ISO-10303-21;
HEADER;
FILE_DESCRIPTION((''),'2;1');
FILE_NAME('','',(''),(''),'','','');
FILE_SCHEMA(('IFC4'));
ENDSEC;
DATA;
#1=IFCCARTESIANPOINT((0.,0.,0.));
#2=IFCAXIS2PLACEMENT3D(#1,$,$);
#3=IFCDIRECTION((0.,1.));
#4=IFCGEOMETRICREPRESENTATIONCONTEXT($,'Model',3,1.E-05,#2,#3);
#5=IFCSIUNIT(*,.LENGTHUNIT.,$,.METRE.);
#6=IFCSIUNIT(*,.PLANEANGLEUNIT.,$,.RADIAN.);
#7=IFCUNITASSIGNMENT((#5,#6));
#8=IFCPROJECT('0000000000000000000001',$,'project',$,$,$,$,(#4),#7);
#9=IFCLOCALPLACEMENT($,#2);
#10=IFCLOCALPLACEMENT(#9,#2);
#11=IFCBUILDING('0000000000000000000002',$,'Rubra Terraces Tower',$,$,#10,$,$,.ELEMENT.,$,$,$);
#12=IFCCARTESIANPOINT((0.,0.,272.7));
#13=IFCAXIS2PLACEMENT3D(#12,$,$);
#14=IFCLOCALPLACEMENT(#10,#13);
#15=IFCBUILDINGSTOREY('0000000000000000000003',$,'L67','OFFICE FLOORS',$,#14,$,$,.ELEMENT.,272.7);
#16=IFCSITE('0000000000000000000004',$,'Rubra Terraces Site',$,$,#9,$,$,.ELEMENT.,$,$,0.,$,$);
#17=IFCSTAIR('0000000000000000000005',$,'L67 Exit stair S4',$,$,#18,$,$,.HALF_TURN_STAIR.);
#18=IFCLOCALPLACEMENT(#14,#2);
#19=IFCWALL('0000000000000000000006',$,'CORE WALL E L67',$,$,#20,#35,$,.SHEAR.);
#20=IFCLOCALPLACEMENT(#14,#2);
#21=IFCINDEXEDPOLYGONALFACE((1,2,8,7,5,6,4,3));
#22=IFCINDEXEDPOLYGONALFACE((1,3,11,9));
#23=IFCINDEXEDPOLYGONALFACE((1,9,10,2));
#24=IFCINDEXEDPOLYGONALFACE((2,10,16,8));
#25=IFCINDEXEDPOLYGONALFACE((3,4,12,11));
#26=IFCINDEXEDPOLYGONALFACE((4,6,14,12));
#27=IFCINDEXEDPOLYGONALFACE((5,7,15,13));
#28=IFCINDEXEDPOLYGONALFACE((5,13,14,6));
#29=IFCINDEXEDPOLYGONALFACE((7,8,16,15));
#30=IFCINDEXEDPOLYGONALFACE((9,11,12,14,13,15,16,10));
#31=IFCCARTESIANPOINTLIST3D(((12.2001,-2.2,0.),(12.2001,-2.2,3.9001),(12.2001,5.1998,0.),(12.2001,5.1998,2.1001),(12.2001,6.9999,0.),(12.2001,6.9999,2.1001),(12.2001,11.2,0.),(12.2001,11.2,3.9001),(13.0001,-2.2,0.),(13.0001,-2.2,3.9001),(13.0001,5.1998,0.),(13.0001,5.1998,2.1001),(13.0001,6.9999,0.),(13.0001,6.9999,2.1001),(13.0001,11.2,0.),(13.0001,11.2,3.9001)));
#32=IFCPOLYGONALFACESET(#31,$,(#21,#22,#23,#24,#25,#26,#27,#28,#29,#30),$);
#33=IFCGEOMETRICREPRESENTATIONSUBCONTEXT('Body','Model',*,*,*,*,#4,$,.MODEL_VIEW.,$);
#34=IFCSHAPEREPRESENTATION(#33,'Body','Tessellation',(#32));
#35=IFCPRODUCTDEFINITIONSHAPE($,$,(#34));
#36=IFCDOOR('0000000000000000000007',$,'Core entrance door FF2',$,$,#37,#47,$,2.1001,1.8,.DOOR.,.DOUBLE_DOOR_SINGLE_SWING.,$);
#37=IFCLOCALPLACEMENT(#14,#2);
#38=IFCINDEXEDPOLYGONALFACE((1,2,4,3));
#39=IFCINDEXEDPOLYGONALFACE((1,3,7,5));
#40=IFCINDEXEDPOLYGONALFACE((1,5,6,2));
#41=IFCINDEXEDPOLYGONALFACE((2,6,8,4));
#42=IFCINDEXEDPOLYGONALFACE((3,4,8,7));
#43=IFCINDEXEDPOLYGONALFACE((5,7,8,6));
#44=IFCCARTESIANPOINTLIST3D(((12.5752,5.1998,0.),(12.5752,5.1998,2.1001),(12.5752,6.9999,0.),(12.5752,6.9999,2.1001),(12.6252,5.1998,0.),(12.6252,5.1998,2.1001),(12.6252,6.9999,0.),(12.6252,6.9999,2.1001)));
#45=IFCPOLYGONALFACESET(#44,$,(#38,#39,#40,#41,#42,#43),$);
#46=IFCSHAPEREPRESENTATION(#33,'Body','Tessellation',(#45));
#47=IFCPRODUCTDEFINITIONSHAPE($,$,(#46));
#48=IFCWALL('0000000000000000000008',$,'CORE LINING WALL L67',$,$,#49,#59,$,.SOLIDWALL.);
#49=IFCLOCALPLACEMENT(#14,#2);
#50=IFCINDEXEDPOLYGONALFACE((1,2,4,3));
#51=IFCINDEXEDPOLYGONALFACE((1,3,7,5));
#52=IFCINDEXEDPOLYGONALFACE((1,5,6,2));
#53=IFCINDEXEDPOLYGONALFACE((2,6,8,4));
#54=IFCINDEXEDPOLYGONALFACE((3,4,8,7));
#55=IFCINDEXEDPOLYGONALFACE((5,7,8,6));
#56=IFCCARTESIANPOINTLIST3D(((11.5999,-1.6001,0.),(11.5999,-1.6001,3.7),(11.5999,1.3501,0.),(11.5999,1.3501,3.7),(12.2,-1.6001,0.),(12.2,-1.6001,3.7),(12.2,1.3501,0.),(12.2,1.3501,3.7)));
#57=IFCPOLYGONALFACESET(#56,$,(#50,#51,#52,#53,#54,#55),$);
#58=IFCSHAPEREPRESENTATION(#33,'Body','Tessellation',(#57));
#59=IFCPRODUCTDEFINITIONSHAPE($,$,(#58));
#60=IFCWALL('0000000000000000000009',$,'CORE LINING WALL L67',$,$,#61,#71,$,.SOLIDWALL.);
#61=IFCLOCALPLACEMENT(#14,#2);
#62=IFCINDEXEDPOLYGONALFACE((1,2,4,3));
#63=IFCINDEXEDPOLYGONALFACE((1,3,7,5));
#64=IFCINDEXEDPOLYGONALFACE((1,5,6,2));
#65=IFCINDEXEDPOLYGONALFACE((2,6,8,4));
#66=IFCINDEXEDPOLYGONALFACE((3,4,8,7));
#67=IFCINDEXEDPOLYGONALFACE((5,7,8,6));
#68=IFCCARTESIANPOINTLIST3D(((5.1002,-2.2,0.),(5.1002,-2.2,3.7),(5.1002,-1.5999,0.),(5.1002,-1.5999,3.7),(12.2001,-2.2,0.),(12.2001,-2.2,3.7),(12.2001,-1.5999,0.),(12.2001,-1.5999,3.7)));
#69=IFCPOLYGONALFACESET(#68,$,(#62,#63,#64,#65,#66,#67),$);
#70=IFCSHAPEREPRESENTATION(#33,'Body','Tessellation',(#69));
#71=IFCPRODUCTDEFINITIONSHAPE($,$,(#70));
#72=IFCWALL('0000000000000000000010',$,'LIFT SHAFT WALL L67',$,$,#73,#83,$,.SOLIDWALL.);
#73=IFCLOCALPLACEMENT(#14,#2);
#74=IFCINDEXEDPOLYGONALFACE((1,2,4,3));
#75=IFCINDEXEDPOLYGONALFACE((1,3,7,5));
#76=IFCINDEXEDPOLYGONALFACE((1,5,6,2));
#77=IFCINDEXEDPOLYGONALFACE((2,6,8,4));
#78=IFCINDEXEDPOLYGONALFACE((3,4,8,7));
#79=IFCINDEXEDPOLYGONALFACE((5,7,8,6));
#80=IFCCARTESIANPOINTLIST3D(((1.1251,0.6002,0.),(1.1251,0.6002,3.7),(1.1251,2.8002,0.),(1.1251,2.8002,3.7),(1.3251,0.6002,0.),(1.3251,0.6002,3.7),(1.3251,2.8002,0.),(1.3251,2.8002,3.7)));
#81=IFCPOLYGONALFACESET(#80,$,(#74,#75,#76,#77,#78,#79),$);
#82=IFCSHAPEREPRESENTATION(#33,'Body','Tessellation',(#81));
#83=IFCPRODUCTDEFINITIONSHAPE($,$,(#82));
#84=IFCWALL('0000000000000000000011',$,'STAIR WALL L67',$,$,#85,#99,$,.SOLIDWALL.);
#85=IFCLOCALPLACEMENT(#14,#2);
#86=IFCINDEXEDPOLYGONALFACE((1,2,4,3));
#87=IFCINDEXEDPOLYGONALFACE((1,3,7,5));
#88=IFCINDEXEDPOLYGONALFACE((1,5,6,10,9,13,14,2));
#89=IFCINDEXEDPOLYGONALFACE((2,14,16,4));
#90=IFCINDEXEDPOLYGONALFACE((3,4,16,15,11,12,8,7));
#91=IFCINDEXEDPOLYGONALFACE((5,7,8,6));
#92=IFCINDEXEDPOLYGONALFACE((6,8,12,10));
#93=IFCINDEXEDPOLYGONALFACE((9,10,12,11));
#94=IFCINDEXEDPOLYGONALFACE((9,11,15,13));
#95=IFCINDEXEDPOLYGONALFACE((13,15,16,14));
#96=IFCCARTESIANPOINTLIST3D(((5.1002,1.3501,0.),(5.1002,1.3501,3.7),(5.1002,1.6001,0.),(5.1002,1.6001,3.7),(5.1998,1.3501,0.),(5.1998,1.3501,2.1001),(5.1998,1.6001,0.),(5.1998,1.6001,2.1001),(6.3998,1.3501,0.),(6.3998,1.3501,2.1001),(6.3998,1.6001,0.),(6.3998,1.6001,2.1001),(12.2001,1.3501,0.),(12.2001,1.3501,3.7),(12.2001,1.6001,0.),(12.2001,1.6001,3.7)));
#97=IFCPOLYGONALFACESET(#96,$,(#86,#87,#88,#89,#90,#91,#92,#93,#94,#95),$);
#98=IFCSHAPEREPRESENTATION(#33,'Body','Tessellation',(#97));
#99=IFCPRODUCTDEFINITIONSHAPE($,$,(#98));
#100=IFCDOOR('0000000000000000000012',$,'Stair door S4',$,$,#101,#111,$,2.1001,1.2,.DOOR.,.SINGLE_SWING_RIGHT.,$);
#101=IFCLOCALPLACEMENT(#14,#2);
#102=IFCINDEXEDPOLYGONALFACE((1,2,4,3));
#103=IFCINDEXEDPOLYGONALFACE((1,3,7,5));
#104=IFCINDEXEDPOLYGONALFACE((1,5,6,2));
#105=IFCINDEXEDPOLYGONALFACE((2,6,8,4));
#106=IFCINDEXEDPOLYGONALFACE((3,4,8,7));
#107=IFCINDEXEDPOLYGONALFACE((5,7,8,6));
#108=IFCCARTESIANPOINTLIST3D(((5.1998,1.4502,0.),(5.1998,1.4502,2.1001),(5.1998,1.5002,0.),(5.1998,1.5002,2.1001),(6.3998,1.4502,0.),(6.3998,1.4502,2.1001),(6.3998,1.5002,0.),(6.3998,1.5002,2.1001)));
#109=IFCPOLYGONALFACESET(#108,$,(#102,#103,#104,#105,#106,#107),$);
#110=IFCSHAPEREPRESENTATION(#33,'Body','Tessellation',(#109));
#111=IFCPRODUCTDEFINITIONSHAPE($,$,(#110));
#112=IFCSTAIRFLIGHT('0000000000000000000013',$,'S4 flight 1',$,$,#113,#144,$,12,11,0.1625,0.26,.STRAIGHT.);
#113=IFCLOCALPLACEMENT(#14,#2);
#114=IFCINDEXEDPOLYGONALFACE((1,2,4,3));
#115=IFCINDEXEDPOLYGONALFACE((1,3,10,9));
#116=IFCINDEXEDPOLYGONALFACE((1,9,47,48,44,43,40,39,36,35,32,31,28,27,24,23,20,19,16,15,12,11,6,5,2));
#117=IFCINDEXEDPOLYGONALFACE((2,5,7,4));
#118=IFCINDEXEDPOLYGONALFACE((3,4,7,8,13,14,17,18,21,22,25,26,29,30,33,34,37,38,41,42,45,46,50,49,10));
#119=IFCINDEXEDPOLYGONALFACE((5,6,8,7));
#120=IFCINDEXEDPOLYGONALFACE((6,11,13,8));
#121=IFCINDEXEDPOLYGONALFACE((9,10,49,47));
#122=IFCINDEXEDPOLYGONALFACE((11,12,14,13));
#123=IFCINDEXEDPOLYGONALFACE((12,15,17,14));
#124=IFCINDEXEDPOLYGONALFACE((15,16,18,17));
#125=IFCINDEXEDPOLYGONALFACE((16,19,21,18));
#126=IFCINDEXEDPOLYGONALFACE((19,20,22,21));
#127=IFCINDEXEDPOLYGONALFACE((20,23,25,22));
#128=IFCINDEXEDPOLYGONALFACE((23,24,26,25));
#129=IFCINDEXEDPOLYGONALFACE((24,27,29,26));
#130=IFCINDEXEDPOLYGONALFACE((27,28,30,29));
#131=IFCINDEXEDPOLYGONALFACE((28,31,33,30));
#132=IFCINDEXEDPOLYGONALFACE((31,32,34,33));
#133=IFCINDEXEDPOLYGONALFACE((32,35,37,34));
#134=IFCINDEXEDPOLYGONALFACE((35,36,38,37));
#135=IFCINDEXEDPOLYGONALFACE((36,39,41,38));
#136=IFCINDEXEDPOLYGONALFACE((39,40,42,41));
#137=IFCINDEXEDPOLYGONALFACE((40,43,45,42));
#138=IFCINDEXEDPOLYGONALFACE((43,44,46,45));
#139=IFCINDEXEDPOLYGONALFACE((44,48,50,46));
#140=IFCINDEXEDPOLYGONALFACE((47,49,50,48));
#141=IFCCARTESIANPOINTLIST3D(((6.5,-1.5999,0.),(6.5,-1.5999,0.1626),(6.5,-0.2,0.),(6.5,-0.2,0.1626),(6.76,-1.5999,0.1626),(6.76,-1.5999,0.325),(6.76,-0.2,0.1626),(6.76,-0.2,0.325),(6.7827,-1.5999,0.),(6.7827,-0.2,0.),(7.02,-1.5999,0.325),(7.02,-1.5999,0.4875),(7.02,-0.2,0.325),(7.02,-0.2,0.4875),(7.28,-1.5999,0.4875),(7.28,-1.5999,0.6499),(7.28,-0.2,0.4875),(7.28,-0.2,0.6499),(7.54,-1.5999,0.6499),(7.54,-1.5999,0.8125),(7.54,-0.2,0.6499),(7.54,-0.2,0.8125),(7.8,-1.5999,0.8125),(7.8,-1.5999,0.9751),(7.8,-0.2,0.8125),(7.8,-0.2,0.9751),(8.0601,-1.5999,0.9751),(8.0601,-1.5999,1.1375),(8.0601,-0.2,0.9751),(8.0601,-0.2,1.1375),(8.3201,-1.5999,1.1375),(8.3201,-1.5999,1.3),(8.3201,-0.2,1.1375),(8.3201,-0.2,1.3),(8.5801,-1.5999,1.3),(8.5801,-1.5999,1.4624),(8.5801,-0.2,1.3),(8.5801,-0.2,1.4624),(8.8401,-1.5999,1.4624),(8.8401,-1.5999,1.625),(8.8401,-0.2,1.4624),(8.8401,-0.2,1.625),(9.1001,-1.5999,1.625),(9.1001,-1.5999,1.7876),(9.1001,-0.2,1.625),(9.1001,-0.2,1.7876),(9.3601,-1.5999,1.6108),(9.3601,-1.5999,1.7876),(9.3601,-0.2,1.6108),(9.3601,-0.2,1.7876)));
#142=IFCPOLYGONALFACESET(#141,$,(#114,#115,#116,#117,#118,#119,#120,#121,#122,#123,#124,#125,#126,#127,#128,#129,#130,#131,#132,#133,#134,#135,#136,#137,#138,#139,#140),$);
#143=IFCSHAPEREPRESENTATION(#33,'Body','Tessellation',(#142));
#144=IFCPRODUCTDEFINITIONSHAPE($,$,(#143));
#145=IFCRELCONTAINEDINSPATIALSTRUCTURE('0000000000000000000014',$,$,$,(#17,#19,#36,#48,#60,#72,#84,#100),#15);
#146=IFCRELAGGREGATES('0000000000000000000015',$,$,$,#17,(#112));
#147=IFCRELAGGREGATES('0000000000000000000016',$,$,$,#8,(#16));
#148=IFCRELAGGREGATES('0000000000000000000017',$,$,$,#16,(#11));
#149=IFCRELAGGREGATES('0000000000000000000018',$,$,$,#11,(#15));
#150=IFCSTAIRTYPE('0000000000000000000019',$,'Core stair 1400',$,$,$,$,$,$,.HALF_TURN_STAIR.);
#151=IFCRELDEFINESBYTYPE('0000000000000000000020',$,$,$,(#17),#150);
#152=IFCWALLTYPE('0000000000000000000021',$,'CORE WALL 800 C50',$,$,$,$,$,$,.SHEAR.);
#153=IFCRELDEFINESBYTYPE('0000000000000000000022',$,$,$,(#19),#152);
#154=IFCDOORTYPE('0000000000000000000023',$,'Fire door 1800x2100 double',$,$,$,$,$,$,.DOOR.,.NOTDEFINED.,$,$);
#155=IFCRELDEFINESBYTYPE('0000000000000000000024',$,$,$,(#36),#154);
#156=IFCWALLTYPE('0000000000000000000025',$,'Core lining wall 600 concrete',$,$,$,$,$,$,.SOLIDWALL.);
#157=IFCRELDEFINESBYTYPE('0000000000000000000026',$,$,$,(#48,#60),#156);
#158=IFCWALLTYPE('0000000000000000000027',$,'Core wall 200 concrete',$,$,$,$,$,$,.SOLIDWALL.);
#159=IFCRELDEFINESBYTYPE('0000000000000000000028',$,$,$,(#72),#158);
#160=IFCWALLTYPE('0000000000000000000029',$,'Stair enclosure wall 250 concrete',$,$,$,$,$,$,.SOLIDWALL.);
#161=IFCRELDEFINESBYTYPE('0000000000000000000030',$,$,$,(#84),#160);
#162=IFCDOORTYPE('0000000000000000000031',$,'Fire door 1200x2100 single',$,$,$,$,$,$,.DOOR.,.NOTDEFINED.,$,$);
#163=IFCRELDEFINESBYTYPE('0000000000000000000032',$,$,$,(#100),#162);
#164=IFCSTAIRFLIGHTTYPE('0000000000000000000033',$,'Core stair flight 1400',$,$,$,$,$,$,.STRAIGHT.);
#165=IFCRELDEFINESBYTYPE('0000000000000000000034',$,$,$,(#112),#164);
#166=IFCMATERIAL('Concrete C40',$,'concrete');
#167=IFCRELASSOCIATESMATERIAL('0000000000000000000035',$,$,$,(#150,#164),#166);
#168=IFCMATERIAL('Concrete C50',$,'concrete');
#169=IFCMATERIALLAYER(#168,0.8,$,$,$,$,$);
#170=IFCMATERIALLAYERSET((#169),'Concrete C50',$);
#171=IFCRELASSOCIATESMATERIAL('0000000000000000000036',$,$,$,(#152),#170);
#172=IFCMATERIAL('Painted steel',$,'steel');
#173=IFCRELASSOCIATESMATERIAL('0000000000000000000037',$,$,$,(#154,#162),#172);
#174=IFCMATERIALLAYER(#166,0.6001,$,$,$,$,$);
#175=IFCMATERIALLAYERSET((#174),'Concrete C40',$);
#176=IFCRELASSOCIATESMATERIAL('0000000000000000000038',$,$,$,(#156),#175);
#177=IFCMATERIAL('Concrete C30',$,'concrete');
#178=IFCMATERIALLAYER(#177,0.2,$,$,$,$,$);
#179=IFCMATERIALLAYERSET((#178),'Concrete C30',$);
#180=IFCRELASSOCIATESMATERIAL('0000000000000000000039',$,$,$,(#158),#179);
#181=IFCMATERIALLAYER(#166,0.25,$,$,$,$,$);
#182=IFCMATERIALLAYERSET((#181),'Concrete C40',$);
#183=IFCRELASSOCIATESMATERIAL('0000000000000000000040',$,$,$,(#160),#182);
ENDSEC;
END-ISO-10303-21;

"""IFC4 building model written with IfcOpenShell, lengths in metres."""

from ifc_helpers import new_model, si_unit, direction, frame, frame_2d, origin, place, context, subcontext, project, spatial, polyline, rectangle, outline, extrude, material, layer, layer_set, type_object, element, fill, aggregate, save


model = new_model("IFC4")

# Units and contexts
model_context = context("Model", 3, precision=1e-05, world=origin(), true_north=direction((0.0, 1.0)))
body_context = subcontext(model_context, "Body", "Model", "MODEL_VIEW")
ifc_project = project(units=[si_unit("LENGTHUNIT", "METRE"), si_unit("PLANEANGLEUNIT", "RADIAN")], contexts=[model_context])

# Site, building, storey
site_placement = place(None, origin())
site = spatial("IfcSite", under=ifc_project, at=site_placement, Name="Rubra Terraces Site", CompositionType="ELEMENT", RefElevation=0.0)
building_placement = place(site_placement, origin())
building = spatial("IfcBuilding", under=site, at=building_placement, Name="Rubra Terraces Tower", CompositionType="ELEMENT")
storey_placement = place(building_placement, frame((0.0, 0.0, 272.7)))
storey = spatial("IfcBuildingStorey", under=building, at=storey_placement, Name="L67", Description="OFFICE FLOORS", CompositionType="ELEMENT", Elevation=272.7)

# Shared definitions
ifc_material_1 = material(Name="Concrete C40", Category="concrete")

# Stair
stair_type = type_object("IfcStairType", Name="Core stair 1400", PredefinedType="HALF_TURN_STAIR", material=ifc_material_1)
stair_1_placement = place(storey_placement, origin())
stair_1 = element("IfcStair", 1, at=stair_1_placement, inside=storey, type_object=stair_type, Name="L67 Exit stair S4", PredefinedType="HALF_TURN_STAIR")

# Wall, opening, door
ifc_material_2 = material(Name="Concrete C50", Category="concrete")
ifc_layer_1 = layer(ifc_material_2, 0.8)
ifc_layer_set_1 = layer_set([ifc_layer_1], Name="Concrete C50")
wall_type_1 = type_object("IfcWallType", Name="CORE WALL 800 C50", PredefinedType="SHEAR", material=ifc_layer_set_1)
wall_1_placement = place(storey_placement, frame((12.6001, -2.2, 0.0), z_axis=(0.0, 0.0, 1.0), x_axis=(0.0, 1.0, 0.0)))
wall_1 = element("IfcWall", 2, at=wall_1_placement, inside=storey, type_object=wall_type_1, Name="CORE WALL E L67", PredefinedType="SHEAR", context=body_context, shape_type="SweptSolid", body=[
    extrude(rectangle(XDim=13.3999, YDim=0.8, at=frame_2d((6.7, 0.0))), origin(), (0.0, 0.0, 1.0), 3.9001),
])
opening_1_placement = place(wall_1_placement, frame((7.3999, 0.0, 0.0)))
opening_1 = element("IfcOpeningElement", 3, at=opening_1_placement, cuts=wall_1, PredefinedType="OPENING", context=body_context, shape_type="SweptSolid", body=[
    extrude(rectangle(XDim=1.8, YDim=2.1001, at=frame_2d((0.8999, 1.05))), frame((0.0, 0.4099, 0.0), z_axis=(0.0, -1.0, 0.0), x_axis=(1.0, 0.0, 0.0)), (0.0, 0.0, 1.0), 0.8201),
])
ifc_material_3 = material(Name="Painted steel", Category="steel")
door_type_1 = type_object("IfcDoorType", Name="Fire door 1800x2100 double", OperationType="NOTDEFINED", PredefinedType="DOOR", material=ifc_material_3)
door_1_placement = place(opening_1_placement, origin())
door_1 = element("IfcDoor", 4, at=door_1_placement, inside=storey, type_object=door_type_1, Name="Core entrance door FF2", OperationType="DOUBLE_DOOR_SINGLE_SWING", OverallHeight=2.1001, OverallWidth=1.8, PredefinedType="DOOR", context=body_context, shape_type="SweptSolid", body=[
    extrude(rectangle(XDim=1.8, YDim=2.1001, at=frame_2d((0.8999, 1.05))), frame((0.0, 0.0249, 0.0), z_axis=(0.0, -1.0, 0.0), x_axis=(1.0, 0.0, 0.0)), (0.0, 0.0, 1.0), 0.05),
])
fill(opening_1, door_1)

# Walls
ifc_layer_2 = layer(ifc_material_1, 0.6001)
ifc_layer_set_2 = layer_set([ifc_layer_2], Name="Concrete C40")
wall_type_2 = type_object("IfcWallType", Name="Core lining wall 600 concrete", PredefinedType="SOLIDWALL", material=ifc_layer_set_2)
wall_2_placement = place(storey_placement, frame((11.8999, 1.3501, 0.0), z_axis=(0.0, 0.0, 1.0), x_axis=(0.0, -1.0, 0.0)))
element("IfcWall", 5, at=wall_2_placement, inside=storey, type_object=wall_type_2, Name="CORE LINING WALL L67", PredefinedType="SOLIDWALL", context=body_context, shape_type="SweptSolid", body=[
    extrude(rectangle(XDim=2.9502, YDim=0.6001, at=frame_2d((1.4751, 0.0))), origin(), (0.0, 0.0, 1.0), 3.7),
])
wall_3_placement = place(storey_placement, frame((12.2, -1.8999, 0.0), z_axis=(0.0, 0.0, 1.0), x_axis=(-1.0, 0.0, 0.0)))
element("IfcWall", 6, at=wall_3_placement, inside=storey, type_object=wall_type_2, Name="CORE LINING WALL L67", PredefinedType="SOLIDWALL", context=body_context, shape_type="SweptSolid", body=[
    extrude(rectangle(XDim=7.0999, YDim=0.6001, at=frame_2d((3.5498, 0.0))), origin(), (0.0, 0.0, 1.0), 3.7),
])
ifc_material_4 = material(Name="Concrete C30", Category="concrete")
ifc_layer_3 = layer(ifc_material_4, 0.2)
ifc_layer_set_3 = layer_set([ifc_layer_3], Name="Concrete C30")
wall_type_3 = type_object("IfcWallType", Name="Core wall 200 concrete", PredefinedType="SOLIDWALL", material=ifc_layer_set_3)
wall_4_placement = place(storey_placement, frame((1.2251, 0.6001, 0.0), z_axis=(0.0, 0.0, 1.0), x_axis=(0.0, 1.0, 0.0)))
element("IfcWall", 7, at=wall_4_placement, inside=storey, type_object=wall_type_3, Name="LIFT SHAFT WALL L67", PredefinedType="SOLIDWALL", context=body_context, shape_type="SweptSolid", body=[
    extrude(rectangle(XDim=2.2, YDim=0.2, at=frame_2d((1.1001, 0.0))), origin(), (0.0, 0.0, 1.0), 3.7),
])

# Wall, opening, door
ifc_layer_4 = layer(ifc_material_1, 0.25)
ifc_layer_set_4 = layer_set([ifc_layer_4], Name="Concrete C40")
wall_type_4 = type_object("IfcWallType", Name="Stair enclosure wall 250 concrete", PredefinedType="SOLIDWALL", material=ifc_layer_set_4)
wall_5_placement = place(storey_placement, frame((12.2, 1.4751, 0.0), z_axis=(0.0, 0.0, 1.0), x_axis=(-1.0, 0.0, 0.0)))
wall_5 = element("IfcWall", 8, at=wall_5_placement, inside=storey, type_object=wall_type_4, Name="STAIR WALL L67", PredefinedType="SOLIDWALL", context=body_context, shape_type="SweptSolid", body=[
    extrude(rectangle(XDim=7.0999, YDim=0.25, at=frame_2d((3.5498, 0.0))), origin(), (0.0, 0.0, 1.0), 3.7),
])
opening_2_placement = place(wall_5_placement, frame((5.8, 0.0, 0.0)))
opening_2 = element("IfcOpeningElement", 9, at=opening_2_placement, cuts=wall_5, PredefinedType="OPENING", context=body_context, shape_type="SweptSolid", body=[
    extrude(rectangle(XDim=1.2, YDim=2.1001, at=frame_2d((0.6001, 1.05))), frame((0.0, 0.135, 0.0), z_axis=(0.0, -1.0, 0.0), x_axis=(1.0, 0.0, 0.0)), (0.0, 0.0, 1.0), 0.27),
])
door_type_2 = type_object("IfcDoorType", Name="Fire door 1200x2100 single", OperationType="NOTDEFINED", PredefinedType="DOOR", material=ifc_material_3)
door_2_placement = place(opening_2_placement, origin())
door_2 = element("IfcDoor", 10, at=door_2_placement, inside=storey, type_object=door_type_2, Name="Stair door S4", OperationType="SINGLE_SWING_RIGHT", OverallHeight=2.1001, OverallWidth=1.2, PredefinedType="DOOR", context=body_context, shape_type="SweptSolid", body=[
    extrude(rectangle(XDim=1.2, YDim=2.1001, at=frame_2d((0.6001, 1.05))), frame((0.0, 0.0249, 0.0), z_axis=(0.0, -1.0, 0.0), x_axis=(1.0, 0.0, 0.0)), (0.0, 0.0, 1.0), 0.05),
])
fill(opening_2, door_2)

# Stair flight
stair_flight_type = type_object("IfcStairFlightType", Name="Core stair flight 1400", PredefinedType="STRAIGHT", material=ifc_material_1)
stair_flight_1_placement = place(storey_placement, frame((6.5, -0.8999, 0.0), z_axis=(0.0, 0.0, 1.0), x_axis=(1.0, 0.0, 0.0)))
stair_flight_1 = element("IfcStairFlight", 11, at=stair_flight_1_placement, type_object=stair_flight_type, Name="S4 flight 1", NumberOfRisers=12, NumberOfTreads=11, PredefinedType="STRAIGHT", RiserHeight=0.1625, TreadLength=0.26, context=body_context, shape_type="SweptSolid", body=[
    extrude(outline(polyline([(0.0, 0.0), (0.0, 0.1626), (0.26, 0.1626), (0.26, 0.325), (0.52, 0.325), (0.52, 0.4875), (0.78, 0.4875), (0.78, 0.6499), (1.04, 0.6499), (1.04, 0.8125), (1.3, 0.8125), (1.3, 0.9751), (1.5601, 0.9751), (1.5601, 1.1375), (1.8201, 1.1375), (1.8201, 1.3), (2.0801, 1.3), (2.0801, 1.4624), (2.3401, 1.4624), (2.3401, 1.625), (2.6001, 1.625), (2.6001, 1.7876), (2.8601, 1.7876), (2.8601, 1.95), (2.8601, 1.6108), (0.2827, 0.0), (0.0, 0.0)])), frame((0.0, 0.7, 0.0), z_axis=(0.0, -1.0, 0.0), x_axis=(1.0, 0.0, 0.0)), (0.0, 0.0, 1.0), 1.3999),
])
aggregate(stair_1, [stair_flight_1])

save(model, "model.ifc")
